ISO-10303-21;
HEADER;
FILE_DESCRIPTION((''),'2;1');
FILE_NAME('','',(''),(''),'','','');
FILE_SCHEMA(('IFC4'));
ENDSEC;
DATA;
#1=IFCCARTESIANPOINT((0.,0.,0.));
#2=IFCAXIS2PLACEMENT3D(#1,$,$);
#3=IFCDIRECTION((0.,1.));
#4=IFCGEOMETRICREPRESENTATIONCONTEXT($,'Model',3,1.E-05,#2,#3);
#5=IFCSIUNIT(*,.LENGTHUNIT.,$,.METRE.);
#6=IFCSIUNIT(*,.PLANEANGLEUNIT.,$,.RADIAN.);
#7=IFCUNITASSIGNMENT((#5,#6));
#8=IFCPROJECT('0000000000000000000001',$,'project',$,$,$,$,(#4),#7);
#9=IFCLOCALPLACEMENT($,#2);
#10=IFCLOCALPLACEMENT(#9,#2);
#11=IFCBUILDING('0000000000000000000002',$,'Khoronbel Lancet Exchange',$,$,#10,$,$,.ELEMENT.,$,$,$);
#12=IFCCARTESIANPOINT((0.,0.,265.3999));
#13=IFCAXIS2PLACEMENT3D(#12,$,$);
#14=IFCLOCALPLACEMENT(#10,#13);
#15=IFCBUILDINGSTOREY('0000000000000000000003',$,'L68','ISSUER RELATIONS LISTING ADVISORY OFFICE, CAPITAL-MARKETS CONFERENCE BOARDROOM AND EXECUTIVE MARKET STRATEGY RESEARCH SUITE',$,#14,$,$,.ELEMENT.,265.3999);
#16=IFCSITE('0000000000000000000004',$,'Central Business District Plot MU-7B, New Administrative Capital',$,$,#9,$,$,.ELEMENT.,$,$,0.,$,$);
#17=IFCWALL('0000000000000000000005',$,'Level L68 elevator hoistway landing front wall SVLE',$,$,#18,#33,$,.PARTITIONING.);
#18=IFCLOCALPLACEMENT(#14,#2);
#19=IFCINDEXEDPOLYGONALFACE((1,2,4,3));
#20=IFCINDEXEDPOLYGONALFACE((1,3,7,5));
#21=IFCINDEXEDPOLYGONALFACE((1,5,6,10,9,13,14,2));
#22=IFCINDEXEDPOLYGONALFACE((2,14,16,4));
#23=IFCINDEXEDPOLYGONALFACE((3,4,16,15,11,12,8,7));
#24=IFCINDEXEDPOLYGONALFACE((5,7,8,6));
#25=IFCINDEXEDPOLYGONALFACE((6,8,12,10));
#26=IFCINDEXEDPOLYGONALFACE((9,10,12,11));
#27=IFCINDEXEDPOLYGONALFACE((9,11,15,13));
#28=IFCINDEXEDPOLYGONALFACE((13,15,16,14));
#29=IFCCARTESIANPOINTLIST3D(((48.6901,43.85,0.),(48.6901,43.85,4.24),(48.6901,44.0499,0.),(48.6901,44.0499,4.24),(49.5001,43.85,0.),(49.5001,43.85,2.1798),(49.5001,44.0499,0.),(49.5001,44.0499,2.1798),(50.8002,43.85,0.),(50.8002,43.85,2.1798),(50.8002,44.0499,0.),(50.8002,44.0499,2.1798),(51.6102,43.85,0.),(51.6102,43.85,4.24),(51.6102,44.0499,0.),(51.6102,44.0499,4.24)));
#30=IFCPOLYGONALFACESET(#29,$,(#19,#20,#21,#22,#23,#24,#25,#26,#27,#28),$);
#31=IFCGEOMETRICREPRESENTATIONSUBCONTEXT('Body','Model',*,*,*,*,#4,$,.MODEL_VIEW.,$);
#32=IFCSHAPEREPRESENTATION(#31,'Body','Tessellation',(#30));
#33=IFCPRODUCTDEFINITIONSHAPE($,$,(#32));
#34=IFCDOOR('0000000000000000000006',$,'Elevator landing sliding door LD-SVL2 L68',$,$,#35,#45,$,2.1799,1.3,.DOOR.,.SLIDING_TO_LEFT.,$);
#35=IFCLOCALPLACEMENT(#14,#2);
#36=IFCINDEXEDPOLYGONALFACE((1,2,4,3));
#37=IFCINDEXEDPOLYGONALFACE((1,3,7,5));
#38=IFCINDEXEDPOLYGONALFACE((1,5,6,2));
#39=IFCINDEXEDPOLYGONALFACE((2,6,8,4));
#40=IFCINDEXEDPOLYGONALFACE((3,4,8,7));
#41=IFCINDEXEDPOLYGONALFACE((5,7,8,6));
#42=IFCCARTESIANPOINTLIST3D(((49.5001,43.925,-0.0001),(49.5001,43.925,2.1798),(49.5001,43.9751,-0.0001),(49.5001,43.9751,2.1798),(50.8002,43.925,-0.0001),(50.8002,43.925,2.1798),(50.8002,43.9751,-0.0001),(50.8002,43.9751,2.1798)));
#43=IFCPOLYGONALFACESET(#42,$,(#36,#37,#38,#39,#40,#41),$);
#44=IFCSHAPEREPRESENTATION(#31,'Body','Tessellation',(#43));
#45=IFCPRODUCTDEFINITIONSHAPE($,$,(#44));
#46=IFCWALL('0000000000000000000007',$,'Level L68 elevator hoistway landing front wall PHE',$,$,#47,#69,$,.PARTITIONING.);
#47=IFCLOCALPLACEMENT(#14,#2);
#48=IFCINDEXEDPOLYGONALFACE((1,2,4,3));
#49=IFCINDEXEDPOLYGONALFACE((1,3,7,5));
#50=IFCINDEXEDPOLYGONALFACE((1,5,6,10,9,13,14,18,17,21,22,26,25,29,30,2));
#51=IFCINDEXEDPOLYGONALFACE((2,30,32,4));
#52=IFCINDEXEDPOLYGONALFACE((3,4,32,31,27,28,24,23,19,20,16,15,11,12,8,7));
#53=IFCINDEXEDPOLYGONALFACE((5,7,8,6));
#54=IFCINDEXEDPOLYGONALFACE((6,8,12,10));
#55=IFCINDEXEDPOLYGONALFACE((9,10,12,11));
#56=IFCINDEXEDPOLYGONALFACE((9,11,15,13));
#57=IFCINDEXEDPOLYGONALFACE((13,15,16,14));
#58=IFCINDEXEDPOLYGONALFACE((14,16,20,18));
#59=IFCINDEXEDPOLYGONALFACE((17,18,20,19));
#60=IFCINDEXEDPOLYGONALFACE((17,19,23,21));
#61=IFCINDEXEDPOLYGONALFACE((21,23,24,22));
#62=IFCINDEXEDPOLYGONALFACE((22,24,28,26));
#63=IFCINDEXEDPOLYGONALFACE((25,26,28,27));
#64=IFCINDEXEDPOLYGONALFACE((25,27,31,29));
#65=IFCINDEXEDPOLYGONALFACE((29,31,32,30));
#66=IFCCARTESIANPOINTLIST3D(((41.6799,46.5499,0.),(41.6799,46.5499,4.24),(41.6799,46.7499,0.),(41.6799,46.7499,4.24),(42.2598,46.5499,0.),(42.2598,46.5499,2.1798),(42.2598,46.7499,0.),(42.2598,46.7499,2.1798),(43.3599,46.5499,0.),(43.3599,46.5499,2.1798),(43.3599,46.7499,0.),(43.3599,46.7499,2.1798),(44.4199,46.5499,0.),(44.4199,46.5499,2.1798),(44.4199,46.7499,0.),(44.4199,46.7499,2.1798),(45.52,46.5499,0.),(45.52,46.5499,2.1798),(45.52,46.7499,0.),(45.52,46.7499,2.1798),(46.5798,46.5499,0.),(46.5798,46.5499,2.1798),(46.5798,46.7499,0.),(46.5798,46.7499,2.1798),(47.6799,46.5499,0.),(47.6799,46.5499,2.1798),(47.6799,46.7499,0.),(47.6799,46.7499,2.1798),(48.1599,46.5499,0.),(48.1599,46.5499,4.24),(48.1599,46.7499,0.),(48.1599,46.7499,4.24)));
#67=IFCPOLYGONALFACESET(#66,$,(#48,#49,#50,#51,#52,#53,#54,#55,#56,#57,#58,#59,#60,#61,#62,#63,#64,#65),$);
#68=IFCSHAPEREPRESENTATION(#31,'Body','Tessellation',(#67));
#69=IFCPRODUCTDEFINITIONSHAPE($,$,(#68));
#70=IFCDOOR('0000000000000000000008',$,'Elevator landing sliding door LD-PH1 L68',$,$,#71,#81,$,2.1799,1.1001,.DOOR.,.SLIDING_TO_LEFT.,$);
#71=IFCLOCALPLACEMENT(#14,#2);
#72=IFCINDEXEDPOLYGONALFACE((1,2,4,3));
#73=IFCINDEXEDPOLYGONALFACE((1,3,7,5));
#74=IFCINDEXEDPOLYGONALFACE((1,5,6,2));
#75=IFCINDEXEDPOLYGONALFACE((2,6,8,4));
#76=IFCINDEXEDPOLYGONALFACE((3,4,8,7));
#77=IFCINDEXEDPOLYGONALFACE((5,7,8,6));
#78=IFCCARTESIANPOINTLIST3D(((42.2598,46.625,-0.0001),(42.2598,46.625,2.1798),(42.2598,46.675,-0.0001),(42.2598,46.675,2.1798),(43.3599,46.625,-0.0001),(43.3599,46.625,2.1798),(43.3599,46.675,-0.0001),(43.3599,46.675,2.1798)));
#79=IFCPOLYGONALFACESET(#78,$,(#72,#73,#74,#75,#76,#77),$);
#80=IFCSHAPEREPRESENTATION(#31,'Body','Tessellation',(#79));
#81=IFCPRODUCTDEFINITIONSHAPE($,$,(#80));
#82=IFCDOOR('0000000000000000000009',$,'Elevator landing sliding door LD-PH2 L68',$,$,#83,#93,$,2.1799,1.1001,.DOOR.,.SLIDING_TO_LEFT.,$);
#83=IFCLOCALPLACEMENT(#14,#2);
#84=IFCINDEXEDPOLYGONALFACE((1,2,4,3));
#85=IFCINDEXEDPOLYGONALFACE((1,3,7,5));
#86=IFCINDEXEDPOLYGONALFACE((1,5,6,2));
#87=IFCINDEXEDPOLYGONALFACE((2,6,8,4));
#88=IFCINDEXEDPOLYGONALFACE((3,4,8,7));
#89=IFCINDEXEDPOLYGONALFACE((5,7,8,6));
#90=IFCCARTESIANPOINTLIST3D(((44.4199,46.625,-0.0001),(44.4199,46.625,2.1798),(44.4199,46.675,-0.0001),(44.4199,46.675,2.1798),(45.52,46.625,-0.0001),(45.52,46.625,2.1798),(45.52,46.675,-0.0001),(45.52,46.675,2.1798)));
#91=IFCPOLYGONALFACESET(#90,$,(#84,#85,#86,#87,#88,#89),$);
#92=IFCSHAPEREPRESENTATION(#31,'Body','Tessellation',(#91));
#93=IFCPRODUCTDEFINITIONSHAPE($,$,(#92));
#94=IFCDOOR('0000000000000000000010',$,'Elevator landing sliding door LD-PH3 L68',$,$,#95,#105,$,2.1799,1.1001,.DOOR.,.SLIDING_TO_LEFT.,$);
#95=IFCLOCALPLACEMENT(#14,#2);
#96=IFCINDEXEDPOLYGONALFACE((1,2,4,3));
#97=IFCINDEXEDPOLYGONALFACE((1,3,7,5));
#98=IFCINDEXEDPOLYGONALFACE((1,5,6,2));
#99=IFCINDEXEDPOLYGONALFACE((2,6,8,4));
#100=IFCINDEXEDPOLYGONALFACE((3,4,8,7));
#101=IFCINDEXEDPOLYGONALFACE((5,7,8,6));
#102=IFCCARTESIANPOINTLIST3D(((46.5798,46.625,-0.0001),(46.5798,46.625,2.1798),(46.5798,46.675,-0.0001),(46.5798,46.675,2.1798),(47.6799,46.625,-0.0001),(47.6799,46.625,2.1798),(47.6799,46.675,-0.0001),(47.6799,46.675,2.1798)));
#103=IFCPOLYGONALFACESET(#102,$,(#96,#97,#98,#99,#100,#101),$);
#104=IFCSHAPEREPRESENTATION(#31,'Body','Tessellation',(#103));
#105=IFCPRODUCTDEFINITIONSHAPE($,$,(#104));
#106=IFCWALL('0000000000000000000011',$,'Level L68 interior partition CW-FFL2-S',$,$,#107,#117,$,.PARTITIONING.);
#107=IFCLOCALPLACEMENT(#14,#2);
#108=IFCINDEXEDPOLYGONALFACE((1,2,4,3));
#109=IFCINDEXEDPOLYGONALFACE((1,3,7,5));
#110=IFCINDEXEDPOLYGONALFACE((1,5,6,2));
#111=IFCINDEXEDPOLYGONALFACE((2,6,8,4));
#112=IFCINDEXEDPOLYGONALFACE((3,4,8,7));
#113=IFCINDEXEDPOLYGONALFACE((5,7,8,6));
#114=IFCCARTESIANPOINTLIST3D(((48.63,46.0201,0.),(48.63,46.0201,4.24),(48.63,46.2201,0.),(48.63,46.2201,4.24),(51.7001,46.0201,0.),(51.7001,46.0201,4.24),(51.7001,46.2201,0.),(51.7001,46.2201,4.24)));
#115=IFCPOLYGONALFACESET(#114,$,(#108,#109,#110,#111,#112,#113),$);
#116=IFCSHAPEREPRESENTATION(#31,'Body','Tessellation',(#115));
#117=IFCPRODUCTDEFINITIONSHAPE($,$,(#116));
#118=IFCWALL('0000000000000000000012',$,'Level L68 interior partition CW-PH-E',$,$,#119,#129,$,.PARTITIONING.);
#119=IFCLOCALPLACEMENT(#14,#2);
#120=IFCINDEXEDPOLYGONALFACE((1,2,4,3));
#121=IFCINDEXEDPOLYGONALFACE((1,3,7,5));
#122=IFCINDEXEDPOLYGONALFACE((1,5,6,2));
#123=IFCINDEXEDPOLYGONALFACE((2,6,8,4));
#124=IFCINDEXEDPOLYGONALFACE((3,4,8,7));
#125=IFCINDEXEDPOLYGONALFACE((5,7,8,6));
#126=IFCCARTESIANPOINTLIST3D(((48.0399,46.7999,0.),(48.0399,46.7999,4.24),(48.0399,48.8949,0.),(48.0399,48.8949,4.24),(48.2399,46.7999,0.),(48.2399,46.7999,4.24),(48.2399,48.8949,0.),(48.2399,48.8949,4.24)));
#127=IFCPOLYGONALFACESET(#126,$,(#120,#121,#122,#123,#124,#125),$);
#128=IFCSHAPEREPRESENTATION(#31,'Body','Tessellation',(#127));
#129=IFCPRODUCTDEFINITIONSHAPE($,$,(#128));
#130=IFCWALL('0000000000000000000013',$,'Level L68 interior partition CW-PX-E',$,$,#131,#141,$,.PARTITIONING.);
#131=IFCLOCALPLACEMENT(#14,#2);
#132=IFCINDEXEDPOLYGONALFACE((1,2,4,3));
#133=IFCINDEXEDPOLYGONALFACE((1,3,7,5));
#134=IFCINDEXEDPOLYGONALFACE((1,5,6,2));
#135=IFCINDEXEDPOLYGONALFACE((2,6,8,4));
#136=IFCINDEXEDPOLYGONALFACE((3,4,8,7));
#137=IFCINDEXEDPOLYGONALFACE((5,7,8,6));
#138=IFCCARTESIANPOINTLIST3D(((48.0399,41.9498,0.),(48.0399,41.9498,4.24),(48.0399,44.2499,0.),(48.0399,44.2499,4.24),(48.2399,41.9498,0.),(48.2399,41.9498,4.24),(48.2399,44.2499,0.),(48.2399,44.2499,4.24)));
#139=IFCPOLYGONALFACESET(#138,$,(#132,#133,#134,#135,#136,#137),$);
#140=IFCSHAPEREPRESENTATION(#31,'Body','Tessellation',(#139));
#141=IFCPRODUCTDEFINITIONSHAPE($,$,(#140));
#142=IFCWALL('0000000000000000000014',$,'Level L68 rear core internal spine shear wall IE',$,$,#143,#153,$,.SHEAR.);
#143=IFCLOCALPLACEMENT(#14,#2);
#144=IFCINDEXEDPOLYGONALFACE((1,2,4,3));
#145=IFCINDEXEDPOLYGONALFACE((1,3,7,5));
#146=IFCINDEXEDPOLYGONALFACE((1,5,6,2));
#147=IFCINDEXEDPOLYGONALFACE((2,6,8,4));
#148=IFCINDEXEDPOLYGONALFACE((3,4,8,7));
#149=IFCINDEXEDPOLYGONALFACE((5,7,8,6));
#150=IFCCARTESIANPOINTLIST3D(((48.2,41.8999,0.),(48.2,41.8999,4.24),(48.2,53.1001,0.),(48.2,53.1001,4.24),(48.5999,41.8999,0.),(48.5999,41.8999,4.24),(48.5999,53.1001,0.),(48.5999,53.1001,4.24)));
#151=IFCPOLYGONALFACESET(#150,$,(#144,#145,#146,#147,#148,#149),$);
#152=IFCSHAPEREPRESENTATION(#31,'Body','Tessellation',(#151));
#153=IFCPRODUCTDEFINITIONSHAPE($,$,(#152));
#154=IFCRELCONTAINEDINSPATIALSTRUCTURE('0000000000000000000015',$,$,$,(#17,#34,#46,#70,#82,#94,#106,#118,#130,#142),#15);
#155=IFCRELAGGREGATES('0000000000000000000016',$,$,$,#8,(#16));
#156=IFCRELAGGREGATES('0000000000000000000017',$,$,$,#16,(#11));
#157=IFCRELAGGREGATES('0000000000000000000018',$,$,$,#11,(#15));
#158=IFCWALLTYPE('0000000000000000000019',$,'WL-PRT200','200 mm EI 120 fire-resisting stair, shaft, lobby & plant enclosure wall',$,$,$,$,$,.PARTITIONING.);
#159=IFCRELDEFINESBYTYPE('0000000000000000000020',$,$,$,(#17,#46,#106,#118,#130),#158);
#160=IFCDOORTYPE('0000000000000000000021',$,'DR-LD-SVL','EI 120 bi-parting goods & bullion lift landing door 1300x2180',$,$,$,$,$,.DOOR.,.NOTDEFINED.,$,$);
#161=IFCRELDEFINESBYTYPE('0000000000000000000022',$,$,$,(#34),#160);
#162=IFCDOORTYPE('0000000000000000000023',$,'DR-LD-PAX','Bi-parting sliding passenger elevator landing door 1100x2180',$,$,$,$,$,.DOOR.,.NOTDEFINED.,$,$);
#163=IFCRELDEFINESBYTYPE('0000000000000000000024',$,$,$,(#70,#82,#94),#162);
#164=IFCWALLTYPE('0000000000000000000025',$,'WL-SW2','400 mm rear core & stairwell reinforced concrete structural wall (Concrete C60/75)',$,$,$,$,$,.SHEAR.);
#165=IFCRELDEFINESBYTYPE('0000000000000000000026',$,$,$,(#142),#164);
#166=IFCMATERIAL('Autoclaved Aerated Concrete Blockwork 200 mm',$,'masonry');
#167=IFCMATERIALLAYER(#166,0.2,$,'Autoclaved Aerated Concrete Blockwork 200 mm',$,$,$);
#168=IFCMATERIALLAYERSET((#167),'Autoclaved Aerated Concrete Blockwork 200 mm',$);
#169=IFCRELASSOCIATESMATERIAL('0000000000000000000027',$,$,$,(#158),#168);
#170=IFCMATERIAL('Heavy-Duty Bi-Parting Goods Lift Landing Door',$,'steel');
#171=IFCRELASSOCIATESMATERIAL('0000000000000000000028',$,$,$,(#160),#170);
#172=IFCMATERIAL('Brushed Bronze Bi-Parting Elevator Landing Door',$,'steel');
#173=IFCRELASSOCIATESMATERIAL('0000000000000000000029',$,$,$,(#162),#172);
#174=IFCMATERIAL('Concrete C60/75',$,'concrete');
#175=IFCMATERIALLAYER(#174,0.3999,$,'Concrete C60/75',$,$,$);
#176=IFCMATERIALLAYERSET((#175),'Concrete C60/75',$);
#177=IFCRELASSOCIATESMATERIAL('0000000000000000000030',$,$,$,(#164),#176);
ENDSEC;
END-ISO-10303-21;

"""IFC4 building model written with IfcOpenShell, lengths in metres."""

from ifc_helpers import new_model, si_unit, direction, frame, frame_2d, origin, place, context, subcontext, project, spatial, rectangle, extrude, material, layer, layer_set, type_object, element, fill, save


model = new_model("IFC4")

# Units and contexts
model_context = context("Model", 3, precision=1e-05, world=origin(), true_north=direction((0.0, 1.0)))
body_context = subcontext(model_context, "Body", "Model", "MODEL_VIEW")
ifc_project = project(units=[si_unit("LENGTHUNIT", "METRE"), si_unit("PLANEANGLEUNIT", "RADIAN")], contexts=[model_context])

# Site, building, storey
site_placement = place(None, origin())
site = spatial("IfcSite", under=ifc_project, at=site_placement, Name="Central Business District Plot MU-7B, New Administrative Capital", CompositionType="ELEMENT", RefElevation=0.0)
building_placement = place(site_placement, origin())
building = spatial("IfcBuilding", under=site, at=building_placement, Name="Khoronbel Lancet Exchange", CompositionType="ELEMENT")
storey_placement = place(building_placement, frame((0.0, 0.0, 265.3999)))
storey = spatial("IfcBuildingStorey", under=building, at=storey_placement, Name="L68", Description="ISSUER RELATIONS LISTING ADVISORY OFFICE, CAPITAL-MARKETS CONFERENCE BOARDROOM AND EXECUTIVE MARKET STRATEGY RESEARCH SUITE", CompositionType="ELEMENT", Elevation=265.3999)

# Wall, opening, door
ifc_material_1 = material(Name="Autoclaved Aerated Concrete Blockwork 200 mm", Category="masonry")
ifc_layer_1 = layer(ifc_material_1, 0.2, Name="Autoclaved Aerated Concrete Blockwork 200 mm")
ifc_layer_set_1 = layer_set([ifc_layer_1], Name="Autoclaved Aerated Concrete Blockwork 200 mm")
wall_type_1 = type_object("IfcWallType", Name="WL-PRT200", Description="200 mm EI 120 fire-resisting stair, shaft, lobby & plant enclosure wall", PredefinedType="PARTITIONING", material=ifc_layer_set_1)
wall_1_placement = place(storey_placement, frame((51.6101, 43.95, 0.0), z_axis=(0.0, 0.0, 1.0), x_axis=(-1.0, 0.0, 0.0)))
wall_1 = element("IfcWall", 1, at=wall_1_placement, inside=storey, type_object=wall_type_1, Name="Level L68 elevator hoistway landing front wall SVLE", PredefinedType="PARTITIONING", context=body_context, shape_type="SweptSolid", body=[
    extrude(rectangle(XDim=2.9202, YDim=0.2, at=frame_2d((1.46, 0.0))), origin(), (0.0, 0.0, 1.0), 4.24),
])
opening_1_placement = place(wall_1_placement, frame((0.8101, 0.0, 0.0)))
opening_1 = element("IfcOpeningElement", 2, at=opening_1_placement, cuts=wall_1, PredefinedType="OPENING", context=body_context, shape_type="SweptSolid", body=[
    extrude(rectangle(XDim=1.3, YDim=2.1799, at=frame_2d((0.6499, 1.0898))), frame((0.0, 0.1099, 0.0), z_axis=(0.0, -1.0, 0.0), x_axis=(1.0, 0.0, 0.0)), (0.0, 0.0, 1.0), 0.22),
])
ifc_material_2 = material(Name="Heavy-Duty Bi-Parting Goods Lift Landing Door", Category="steel")
door_type_1 = type_object("IfcDoorType", Name="DR-LD-SVL", Description="EI 120 bi-parting goods & bullion lift landing door 1300x2180", OperationType="NOTDEFINED", PredefinedType="DOOR", material=ifc_material_2)
door_1_placement = place(opening_1_placement, origin())
door_1 = element("IfcDoor", 3, at=door_1_placement, inside=storey, type_object=door_type_1, Name="Elevator landing sliding door LD-SVL2 L68", OperationType="SLIDING_TO_LEFT", OverallHeight=2.1799, OverallWidth=1.3, PredefinedType="DOOR", context=body_context, shape_type="SweptSolid", body=[
    extrude(rectangle(XDim=1.3, YDim=2.1799, at=frame_2d((0.6499, 1.0898))), frame((0.0, 0.0249, 0.0), z_axis=(0.0, -1.0, 0.0), x_axis=(1.0, 0.0, 0.0)), (0.0, 0.0, 1.0), 0.05),
])
fill(opening_1, door_1)

# Wall, openings, doors
wall_2_placement = place(storey_placement, frame((48.1599, 46.6499, 0.0), z_axis=(0.0, 0.0, 1.0), x_axis=(-1.0, 0.0, 0.0)))
wall_2 = element("IfcWall", 4, at=wall_2_placement, inside=storey, type_object=wall_type_1, Name="Level L68 elevator hoistway landing front wall PHE", PredefinedType="PARTITIONING", context=body_context, shape_type="SweptSolid", body=[
    extrude(rectangle(XDim=6.48, YDim=0.2, at=frame_2d((3.24, 0.0))), origin(), (0.0, 0.0, 1.0), 4.24),
])
opening_2_placement = place(wall_2_placement, frame((4.8, 0.0, 0.0)))
opening_2 = element("IfcOpeningElement", 5, at=opening_2_placement, cuts=wall_2, PredefinedType="OPENING", context=body_context, shape_type="SweptSolid", body=[
    extrude(rectangle(XDim=1.1001, YDim=2.1799, at=frame_2d((0.55, 1.0898))), frame((0.0, 0.1099, 0.0), z_axis=(0.0, -1.0, 0.0), x_axis=(1.0, 0.0, 0.0)), (0.0, 0.0, 1.0), 0.22),
])
opening_3_placement = place(wall_2_placement, frame((2.6399, 0.0, 0.0)))
opening_3 = element("IfcOpeningElement", 6, at=opening_3_placement, cuts=wall_2, PredefinedType="OPENING", context=body_context, shape_type="SweptSolid", body=[
    extrude(rectangle(XDim=1.1001, YDim=2.1799, at=frame_2d((0.55, 1.0898))), frame((0.0, 0.1099, 0.0), z_axis=(0.0, -1.0, 0.0), x_axis=(1.0, 0.0, 0.0)), (0.0, 0.0, 1.0), 0.22),
])
opening_4_placement = place(wall_2_placement, frame((0.48, 0.0, 0.0)))
opening_4 = element("IfcOpeningElement", 7, at=opening_4_placement, cuts=wall_2, PredefinedType="OPENING", context=body_context, shape_type="SweptSolid", body=[
    extrude(rectangle(XDim=1.1001, YDim=2.1799, at=frame_2d((0.55, 1.0898))), frame((0.0, 0.1099, 0.0), z_axis=(0.0, -1.0, 0.0), x_axis=(1.0, 0.0, 0.0)), (0.0, 0.0, 1.0), 0.22),
])
ifc_material_3 = material(Name="Brushed Bronze Bi-Parting Elevator Landing Door", Category="steel")
door_type_2 = type_object("IfcDoorType", Name="DR-LD-PAX", Description="Bi-parting sliding passenger elevator landing door 1100x2180", OperationType="NOTDEFINED", PredefinedType="DOOR", material=ifc_material_3)
door_2_placement = place(opening_2_placement, origin())
door_2 = element("IfcDoor", 8, at=door_2_placement, inside=storey, type_object=door_type_2, Name="Elevator landing sliding door LD-PH1 L68", OperationType="SLIDING_TO_LEFT", OverallHeight=2.1799, OverallWidth=1.1001, PredefinedType="DOOR", context=body_context, shape_type="SweptSolid", body=[
    extrude(rectangle(XDim=1.1001, YDim=2.1799, at=frame_2d((0.55, 1.0898))), frame((0.0, 0.0249, 0.0), z_axis=(0.0, -1.0, 0.0), x_axis=(1.0, 0.0, 0.0)), (0.0, 0.0, 1.0), 0.05),
])
fill(opening_2, door_2)
door_3_placement = place(opening_3_placement, origin())
door_3 = element("IfcDoor", 9, at=door_3_placement, inside=storey, type_object=door_type_2, Name="Elevator landing sliding door LD-PH2 L68", OperationType="SLIDING_TO_LEFT", OverallHeight=2.1799, OverallWidth=1.1001, PredefinedType="DOOR", context=body_context, shape_type="SweptSolid", body=[
    extrude(rectangle(XDim=1.1001, YDim=2.1799, at=frame_2d((0.55, 1.0898))), frame((0.0, 0.0249, 0.0), z_axis=(0.0, -1.0, 0.0), x_axis=(1.0, 0.0, 0.0)), (0.0, 0.0, 1.0), 0.05),
])
fill(opening_3, door_3)
door_4_placement = place(opening_4_placement, origin())
door_4 = element("IfcDoor", 10, at=door_4_placement, inside=storey, type_object=door_type_2, Name="Elevator landing sliding door LD-PH3 L68", OperationType="SLIDING_TO_LEFT", OverallHeight=2.1799, OverallWidth=1.1001, PredefinedType="DOOR", context=body_context, shape_type="SweptSolid", body=[
    extrude(rectangle(XDim=1.1001, YDim=2.1799, at=frame_2d((0.55, 1.0898))), frame((0.0, 0.0249, 0.0), z_axis=(0.0, -1.0, 0.0), x_axis=(1.0, 0.0, 0.0)), (0.0, 0.0, 1.0), 0.05),
])
fill(opening_4, door_4)

# Walls
wall_3_placement = place(storey_placement, frame((48.6299, 46.1201, 0.0), z_axis=(0.0, 0.0, 1.0), x_axis=(1.0, 0.0, 0.0)))
element("IfcWall", 11, at=wall_3_placement, inside=storey, type_object=wall_type_1, Name="Level L68 interior partition CW-FFL2-S", PredefinedType="PARTITIONING", context=body_context, shape_type="SweptSolid", body=[
    extrude(rectangle(XDim=3.0701, YDim=0.2, at=frame_2d((1.5352, 0.0))), origin(), (0.0, 0.0, 1.0), 4.24),
])
wall_4_placement = place(storey_placement, frame((48.1399, 46.8, 0.0), z_axis=(0.0, 0.0, 1.0), x_axis=(0.0, 1.0, 0.0)))
element("IfcWall", 12, at=wall_4_placement, inside=storey, type_object=wall_type_1, Name="Level L68 interior partition CW-PH-E", PredefinedType="PARTITIONING", context=body_context, shape_type="SweptSolid", body=[
    extrude(rectangle(XDim=2.095, YDim=0.2, at=frame_2d((1.0474, 0.0))), origin(), (0.0, 0.0, 1.0), 4.24),
])
wall_5_placement = place(storey_placement, frame((48.1399, 41.95, 0.0), z_axis=(0.0, 0.0, 1.0), x_axis=(0.0, 1.0, 0.0)))
element("IfcWall", 13, at=wall_5_placement, inside=storey, type_object=wall_type_1, Name="Level L68 interior partition CW-PX-E", PredefinedType="PARTITIONING", context=body_context, shape_type="SweptSolid", body=[
    extrude(rectangle(XDim=2.3, YDim=0.2, at=frame_2d((1.1499, 0.0))), origin(), (0.0, 0.0, 1.0), 4.24),
])
ifc_material_4 = material(Name="Concrete C60/75", Category="concrete")
ifc_layer_2 = layer(ifc_material_4, 0.3999, Name="Concrete C60/75")
ifc_layer_set_2 = layer_set([ifc_layer_2], Name="Concrete C60/75")
wall_type_2 = type_object("IfcWallType", Name="WL-SW2", Description="400 mm rear core & stairwell reinforced concrete structural wall (Concrete C60/75)", PredefinedType="SHEAR", material=ifc_layer_set_2)
wall_6_placement = place(storey_placement, frame((48.3999, 41.8999, 0.0), z_axis=(0.0, 0.0, 1.0), x_axis=(0.0, 1.0, 0.0)))
element("IfcWall", 14, at=wall_6_placement, inside=storey, type_object=wall_type_2, Name="Level L68 rear core internal spine shear wall IE", PredefinedType="SHEAR", context=body_context, shape_type="SweptSolid", body=[
    extrude(rectangle(XDim=11.2002, YDim=0.3999, at=frame_2d((5.6001, 0.0))), origin(), (0.0, 0.0, 1.0), 4.24),
])

save(model, "model.ifc")
